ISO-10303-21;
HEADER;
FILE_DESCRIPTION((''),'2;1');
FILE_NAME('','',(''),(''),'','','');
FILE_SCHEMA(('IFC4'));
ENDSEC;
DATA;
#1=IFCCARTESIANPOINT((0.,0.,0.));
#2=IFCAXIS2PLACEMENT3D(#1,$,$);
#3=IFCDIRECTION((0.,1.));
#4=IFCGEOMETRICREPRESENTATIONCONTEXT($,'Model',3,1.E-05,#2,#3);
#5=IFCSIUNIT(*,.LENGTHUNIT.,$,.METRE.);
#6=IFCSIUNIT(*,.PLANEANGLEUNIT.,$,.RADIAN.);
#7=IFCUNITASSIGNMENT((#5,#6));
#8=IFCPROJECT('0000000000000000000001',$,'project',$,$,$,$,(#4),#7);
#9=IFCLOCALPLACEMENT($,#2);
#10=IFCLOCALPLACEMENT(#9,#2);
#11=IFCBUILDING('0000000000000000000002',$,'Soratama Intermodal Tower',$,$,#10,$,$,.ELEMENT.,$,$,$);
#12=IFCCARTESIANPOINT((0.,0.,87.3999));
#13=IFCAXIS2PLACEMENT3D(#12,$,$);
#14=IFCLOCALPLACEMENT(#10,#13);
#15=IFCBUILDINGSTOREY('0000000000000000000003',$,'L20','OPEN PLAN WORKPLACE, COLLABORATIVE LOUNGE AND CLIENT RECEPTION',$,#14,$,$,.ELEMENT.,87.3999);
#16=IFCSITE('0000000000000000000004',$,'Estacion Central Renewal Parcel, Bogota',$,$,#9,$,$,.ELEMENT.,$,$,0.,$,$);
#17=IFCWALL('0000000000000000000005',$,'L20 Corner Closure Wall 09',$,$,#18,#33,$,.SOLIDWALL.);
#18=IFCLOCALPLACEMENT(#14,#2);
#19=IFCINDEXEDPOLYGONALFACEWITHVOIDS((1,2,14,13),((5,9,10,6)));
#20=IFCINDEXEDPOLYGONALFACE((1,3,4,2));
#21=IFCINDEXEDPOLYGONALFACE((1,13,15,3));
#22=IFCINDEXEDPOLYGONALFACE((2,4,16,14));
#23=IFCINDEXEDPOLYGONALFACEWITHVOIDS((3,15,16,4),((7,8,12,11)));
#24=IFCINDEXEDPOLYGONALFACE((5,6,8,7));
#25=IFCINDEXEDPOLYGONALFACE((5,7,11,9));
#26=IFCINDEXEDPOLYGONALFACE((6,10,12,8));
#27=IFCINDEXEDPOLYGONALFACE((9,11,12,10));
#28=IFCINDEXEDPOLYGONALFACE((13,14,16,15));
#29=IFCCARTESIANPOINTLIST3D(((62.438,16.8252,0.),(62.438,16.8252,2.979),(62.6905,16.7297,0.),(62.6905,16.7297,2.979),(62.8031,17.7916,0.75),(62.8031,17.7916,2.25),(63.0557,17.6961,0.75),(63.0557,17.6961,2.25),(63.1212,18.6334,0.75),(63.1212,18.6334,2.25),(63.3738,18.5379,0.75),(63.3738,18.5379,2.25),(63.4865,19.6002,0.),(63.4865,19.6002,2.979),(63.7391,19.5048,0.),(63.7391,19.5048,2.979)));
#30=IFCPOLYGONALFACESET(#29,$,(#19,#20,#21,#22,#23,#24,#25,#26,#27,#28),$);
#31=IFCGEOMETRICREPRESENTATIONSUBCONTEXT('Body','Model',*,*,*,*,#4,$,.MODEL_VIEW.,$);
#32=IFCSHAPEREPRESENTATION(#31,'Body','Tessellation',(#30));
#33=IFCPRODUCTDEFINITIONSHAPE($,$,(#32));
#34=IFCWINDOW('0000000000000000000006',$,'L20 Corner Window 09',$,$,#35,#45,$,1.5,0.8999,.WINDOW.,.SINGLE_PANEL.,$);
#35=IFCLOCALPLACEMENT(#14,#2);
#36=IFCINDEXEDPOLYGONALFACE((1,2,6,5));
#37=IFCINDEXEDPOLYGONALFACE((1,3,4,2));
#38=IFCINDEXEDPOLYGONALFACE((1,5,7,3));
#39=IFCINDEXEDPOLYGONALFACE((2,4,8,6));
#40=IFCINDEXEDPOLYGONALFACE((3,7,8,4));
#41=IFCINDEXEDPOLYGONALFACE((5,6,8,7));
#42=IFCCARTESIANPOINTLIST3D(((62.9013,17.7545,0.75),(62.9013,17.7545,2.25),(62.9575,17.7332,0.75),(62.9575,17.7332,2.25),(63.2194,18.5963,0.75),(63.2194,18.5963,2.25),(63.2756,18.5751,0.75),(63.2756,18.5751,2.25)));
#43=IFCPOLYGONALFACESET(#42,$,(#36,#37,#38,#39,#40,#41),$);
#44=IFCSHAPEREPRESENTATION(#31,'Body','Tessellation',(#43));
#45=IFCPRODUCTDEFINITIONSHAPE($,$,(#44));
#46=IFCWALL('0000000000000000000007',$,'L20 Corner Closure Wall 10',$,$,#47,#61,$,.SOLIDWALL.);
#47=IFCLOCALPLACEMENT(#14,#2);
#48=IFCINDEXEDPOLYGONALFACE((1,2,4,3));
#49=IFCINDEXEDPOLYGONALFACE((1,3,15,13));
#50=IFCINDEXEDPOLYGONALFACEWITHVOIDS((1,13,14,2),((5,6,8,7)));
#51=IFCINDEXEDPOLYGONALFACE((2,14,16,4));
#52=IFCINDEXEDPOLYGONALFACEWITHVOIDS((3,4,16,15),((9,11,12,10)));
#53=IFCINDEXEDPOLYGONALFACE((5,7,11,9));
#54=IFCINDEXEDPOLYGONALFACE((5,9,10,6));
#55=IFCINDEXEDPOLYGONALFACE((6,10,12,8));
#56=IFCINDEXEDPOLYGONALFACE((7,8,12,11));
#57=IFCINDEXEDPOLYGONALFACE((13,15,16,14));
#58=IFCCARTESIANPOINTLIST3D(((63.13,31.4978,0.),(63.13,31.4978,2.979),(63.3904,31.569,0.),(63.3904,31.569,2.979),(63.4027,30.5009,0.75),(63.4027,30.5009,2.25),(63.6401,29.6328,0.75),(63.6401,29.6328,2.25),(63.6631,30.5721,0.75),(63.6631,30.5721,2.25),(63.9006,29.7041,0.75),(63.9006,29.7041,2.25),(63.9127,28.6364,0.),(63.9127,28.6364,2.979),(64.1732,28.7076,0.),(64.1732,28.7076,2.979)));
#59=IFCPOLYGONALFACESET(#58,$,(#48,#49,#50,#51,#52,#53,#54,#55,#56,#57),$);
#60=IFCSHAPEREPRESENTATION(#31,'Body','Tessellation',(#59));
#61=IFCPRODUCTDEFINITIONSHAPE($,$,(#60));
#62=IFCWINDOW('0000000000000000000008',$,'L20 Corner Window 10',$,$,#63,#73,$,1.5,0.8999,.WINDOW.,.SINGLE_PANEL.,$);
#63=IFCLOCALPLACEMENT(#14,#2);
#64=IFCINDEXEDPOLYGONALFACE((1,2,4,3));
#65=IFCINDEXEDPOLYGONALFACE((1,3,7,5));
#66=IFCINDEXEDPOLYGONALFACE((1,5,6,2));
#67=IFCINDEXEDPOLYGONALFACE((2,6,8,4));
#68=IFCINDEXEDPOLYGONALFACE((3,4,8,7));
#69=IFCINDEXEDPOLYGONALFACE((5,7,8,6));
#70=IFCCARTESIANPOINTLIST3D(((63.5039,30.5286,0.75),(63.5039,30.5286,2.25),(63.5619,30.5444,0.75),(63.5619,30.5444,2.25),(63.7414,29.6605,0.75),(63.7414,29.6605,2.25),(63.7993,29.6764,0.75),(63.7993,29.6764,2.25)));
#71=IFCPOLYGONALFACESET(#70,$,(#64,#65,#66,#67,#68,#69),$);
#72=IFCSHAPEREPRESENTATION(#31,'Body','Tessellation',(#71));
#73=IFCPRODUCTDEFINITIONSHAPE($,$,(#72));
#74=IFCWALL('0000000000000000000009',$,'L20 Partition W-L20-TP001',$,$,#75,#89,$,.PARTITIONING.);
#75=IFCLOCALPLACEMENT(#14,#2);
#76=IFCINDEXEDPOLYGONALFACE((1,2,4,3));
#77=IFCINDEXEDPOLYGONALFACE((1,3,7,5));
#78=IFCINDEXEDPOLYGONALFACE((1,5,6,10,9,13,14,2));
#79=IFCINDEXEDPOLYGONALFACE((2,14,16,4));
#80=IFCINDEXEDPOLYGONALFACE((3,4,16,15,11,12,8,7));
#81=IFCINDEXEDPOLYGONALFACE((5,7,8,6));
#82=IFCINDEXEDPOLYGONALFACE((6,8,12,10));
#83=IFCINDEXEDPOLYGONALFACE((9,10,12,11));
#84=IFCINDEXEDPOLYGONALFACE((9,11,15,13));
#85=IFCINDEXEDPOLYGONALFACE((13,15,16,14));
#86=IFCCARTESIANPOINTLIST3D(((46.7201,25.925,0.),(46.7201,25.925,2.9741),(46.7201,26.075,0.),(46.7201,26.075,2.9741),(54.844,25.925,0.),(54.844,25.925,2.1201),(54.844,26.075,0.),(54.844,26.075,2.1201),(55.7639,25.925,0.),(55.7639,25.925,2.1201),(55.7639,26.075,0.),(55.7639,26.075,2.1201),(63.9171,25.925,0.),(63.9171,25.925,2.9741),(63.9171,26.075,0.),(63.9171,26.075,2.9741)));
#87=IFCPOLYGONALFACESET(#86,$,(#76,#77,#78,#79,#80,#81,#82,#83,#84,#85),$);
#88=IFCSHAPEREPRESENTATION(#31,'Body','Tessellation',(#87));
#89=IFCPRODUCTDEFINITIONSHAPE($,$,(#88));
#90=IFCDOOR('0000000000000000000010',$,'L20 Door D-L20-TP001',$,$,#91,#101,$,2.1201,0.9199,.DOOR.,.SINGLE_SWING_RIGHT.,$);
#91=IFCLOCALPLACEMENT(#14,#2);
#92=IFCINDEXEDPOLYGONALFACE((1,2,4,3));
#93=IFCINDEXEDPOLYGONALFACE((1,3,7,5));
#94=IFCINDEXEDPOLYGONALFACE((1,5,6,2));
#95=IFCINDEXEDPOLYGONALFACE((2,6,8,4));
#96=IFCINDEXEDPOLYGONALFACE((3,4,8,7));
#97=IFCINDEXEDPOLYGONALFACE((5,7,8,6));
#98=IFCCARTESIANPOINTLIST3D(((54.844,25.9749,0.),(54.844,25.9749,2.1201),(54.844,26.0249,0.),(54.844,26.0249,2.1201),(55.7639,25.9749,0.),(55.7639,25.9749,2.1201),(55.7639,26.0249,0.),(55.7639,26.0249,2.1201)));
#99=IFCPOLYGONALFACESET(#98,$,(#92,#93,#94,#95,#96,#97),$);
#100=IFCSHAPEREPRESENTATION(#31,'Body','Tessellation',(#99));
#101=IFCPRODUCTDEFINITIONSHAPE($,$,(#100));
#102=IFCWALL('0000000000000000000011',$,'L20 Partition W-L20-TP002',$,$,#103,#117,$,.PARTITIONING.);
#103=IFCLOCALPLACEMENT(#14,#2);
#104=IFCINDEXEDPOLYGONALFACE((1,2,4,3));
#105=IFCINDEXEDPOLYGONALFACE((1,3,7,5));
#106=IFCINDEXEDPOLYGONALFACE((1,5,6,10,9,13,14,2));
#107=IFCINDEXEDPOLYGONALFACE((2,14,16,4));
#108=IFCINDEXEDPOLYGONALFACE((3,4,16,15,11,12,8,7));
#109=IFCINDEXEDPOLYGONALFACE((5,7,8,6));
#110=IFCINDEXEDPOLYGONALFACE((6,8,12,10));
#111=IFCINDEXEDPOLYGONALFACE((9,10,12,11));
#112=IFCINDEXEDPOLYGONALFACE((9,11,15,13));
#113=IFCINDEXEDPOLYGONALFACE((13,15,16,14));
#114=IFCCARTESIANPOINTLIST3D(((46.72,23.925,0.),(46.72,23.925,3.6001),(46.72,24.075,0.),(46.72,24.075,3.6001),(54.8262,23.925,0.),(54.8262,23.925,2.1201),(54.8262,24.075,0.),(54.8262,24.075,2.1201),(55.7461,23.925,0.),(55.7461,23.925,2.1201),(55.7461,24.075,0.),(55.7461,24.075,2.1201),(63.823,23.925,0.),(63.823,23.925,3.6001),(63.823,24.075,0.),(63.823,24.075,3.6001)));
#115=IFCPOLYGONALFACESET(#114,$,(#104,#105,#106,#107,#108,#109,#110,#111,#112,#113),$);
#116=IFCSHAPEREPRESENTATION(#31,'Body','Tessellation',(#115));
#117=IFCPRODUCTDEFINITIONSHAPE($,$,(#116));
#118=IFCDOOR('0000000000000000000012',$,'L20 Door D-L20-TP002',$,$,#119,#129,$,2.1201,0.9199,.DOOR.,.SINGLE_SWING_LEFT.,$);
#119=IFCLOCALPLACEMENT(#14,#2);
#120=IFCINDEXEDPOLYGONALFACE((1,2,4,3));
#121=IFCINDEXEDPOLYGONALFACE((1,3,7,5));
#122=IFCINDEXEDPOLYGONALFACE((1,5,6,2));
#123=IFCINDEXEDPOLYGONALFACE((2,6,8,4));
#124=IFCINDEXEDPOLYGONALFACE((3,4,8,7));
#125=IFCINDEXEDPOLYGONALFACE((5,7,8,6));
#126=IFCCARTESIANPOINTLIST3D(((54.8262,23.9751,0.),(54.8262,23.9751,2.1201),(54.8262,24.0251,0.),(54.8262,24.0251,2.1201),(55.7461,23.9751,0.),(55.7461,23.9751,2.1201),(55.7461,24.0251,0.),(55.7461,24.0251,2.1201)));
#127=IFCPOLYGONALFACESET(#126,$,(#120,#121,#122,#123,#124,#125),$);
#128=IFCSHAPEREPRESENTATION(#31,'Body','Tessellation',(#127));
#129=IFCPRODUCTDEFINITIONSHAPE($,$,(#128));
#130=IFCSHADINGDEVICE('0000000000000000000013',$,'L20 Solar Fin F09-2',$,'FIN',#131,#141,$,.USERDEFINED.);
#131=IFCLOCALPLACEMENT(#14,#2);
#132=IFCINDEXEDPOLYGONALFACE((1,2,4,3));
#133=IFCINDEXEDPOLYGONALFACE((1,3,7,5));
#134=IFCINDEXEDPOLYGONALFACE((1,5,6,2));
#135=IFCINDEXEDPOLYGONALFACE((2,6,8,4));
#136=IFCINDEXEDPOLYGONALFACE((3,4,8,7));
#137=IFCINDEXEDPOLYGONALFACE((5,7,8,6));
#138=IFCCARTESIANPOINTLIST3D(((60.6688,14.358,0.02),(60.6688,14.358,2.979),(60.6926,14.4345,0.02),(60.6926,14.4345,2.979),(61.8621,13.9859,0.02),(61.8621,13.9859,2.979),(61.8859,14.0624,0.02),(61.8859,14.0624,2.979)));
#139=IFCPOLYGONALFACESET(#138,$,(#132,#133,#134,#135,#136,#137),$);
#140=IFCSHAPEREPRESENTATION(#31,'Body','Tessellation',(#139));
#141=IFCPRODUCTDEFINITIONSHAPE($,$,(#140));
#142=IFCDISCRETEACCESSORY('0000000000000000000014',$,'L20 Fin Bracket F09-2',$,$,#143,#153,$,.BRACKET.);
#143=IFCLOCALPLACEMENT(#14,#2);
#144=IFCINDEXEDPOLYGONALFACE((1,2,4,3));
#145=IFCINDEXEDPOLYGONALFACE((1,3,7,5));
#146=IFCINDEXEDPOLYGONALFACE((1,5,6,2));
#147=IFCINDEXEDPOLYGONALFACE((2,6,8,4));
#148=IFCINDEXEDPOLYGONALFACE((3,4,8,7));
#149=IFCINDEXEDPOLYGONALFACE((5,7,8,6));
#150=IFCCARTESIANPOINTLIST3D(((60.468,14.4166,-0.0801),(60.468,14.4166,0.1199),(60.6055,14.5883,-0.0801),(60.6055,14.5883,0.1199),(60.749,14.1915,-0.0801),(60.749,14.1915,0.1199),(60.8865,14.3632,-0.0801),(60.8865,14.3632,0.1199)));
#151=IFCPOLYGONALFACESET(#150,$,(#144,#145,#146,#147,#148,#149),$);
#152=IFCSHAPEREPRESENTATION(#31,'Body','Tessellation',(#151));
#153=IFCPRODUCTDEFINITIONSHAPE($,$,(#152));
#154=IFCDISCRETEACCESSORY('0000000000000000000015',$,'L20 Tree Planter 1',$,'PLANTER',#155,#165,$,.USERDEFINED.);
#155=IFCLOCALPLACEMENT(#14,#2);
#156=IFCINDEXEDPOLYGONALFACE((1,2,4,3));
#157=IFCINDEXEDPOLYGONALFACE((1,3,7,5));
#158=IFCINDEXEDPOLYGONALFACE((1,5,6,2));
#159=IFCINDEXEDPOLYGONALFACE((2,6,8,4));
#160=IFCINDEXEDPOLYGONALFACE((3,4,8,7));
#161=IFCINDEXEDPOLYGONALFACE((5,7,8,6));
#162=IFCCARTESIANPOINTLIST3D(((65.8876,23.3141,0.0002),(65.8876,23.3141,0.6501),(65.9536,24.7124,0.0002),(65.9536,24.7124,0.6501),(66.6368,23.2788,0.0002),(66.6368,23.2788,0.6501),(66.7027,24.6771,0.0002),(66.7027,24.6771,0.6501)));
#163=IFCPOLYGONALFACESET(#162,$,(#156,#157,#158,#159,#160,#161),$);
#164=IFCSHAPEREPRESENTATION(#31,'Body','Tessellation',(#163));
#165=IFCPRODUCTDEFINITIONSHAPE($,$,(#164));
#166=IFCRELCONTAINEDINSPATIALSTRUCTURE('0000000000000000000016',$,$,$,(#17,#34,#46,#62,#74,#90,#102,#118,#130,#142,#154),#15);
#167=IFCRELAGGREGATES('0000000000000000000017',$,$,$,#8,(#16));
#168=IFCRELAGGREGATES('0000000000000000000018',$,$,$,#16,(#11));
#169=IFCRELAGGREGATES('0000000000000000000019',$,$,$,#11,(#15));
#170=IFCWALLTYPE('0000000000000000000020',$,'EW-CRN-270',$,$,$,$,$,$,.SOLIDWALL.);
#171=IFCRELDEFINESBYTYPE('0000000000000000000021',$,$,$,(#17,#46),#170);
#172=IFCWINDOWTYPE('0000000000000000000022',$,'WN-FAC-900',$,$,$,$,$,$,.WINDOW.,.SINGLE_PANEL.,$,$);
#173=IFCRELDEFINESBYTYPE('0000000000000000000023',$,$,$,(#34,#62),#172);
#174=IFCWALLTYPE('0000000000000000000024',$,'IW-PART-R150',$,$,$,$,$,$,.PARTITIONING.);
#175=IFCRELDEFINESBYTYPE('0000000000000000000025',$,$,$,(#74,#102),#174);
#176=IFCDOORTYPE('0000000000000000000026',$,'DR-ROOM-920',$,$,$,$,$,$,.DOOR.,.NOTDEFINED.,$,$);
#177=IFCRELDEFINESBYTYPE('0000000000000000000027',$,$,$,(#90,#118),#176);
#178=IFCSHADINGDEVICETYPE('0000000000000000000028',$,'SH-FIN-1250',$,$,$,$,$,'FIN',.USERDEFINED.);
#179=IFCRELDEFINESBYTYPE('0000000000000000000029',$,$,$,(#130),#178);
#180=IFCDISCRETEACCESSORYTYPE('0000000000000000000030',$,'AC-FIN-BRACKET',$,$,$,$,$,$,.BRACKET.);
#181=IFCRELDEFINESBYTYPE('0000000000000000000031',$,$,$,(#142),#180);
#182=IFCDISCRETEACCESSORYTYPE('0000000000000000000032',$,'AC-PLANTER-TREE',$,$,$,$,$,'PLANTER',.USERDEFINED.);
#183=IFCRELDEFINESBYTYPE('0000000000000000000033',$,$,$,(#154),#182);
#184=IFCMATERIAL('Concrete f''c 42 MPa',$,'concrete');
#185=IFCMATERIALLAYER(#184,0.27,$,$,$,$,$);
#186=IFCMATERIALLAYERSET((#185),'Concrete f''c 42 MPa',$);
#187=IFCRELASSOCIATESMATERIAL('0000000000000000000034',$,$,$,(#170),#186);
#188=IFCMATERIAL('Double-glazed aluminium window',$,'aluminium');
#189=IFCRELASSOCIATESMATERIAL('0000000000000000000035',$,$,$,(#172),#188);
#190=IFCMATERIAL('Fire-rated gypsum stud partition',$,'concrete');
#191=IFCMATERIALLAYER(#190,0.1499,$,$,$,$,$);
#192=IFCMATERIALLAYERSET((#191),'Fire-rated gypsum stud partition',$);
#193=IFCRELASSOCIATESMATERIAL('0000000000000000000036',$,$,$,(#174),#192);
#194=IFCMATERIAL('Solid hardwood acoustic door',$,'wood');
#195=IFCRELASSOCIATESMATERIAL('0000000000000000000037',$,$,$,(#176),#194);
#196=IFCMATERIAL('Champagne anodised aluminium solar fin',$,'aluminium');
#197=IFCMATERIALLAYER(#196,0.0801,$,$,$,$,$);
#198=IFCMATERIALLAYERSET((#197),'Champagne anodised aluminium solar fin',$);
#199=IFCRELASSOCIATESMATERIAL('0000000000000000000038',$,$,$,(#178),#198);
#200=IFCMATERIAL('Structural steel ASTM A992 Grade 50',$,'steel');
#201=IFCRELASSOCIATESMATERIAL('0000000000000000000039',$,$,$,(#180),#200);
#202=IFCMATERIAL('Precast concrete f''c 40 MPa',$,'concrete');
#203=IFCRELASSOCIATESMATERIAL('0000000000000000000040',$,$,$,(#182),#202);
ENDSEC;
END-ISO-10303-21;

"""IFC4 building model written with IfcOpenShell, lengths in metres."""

from ifc_helpers import new_model, si_unit, direction, frame, frame_2d, origin, origin_2d, place, context, subcontext, project, spatial, rectangle, extrude, material, layer, layer_set, type_object, element, fill, save


model = new_model("IFC4")

# Units and contexts
model_context = context("Model", 3, precision=1e-05, world=origin(), true_north=direction((0.0, 1.0)))
body_context = subcontext(model_context, "Body", "Model", "MODEL_VIEW")
ifc_project = project(units=[si_unit("LENGTHUNIT", "METRE"), si_unit("PLANEANGLEUNIT", "RADIAN")], contexts=[model_context])

# Site, building, storey
site_placement = place(None, origin())
site = spatial("IfcSite", under=ifc_project, at=site_placement, Name="Estacion Central Renewal Parcel, Bogota", CompositionType="ELEMENT", RefElevation=0.0)
building_placement = place(site_placement, origin())
building = spatial("IfcBuilding", under=site, at=building_placement, Name="Soratama Intermodal Tower", CompositionType="ELEMENT")
storey_placement = place(building_placement, frame((0.0, 0.0, 87.3999)))
storey = spatial("IfcBuildingStorey", under=building, at=storey_placement, Name="L20", Description="OPEN PLAN WORKPLACE, COLLABORATIVE LOUNGE AND CLIENT RECEPTION", CompositionType="ELEMENT", Elevation=87.3999)

# Walls, openings, windows
ifc_material_1 = material(Name="Concrete f'c 42 MPa", Category="concrete")
ifc_layer_1 = layer(ifc_material_1, 0.27)
ifc_layer_set_1 = layer_set([ifc_layer_1], Name="Concrete f'c 42 MPa")
wall_type_1 = type_object("IfcWallType", Name="EW-CRN-270", PredefinedType="SOLIDWALL", material=ifc_layer_set_1)
wall_1_placement = place(storey_placement, frame((62.5642, 16.7773, 0.0), z_axis=(0.0, 0.0, 1.0), x_axis=(0.353458, 0.93545, 0.0)))
wall_1 = element("IfcWall", 1, at=wall_1_placement, inside=storey, type_object=wall_type_1, Name="L20 Corner Closure Wall 09", PredefinedType="SOLIDWALL", context=body_context, shape_type="SweptSolid", body=[
    extrude(rectangle(XDim=2.9666, YDim=0.27, at=frame_2d((1.4834, 0.0))), origin(), (0.0, 0.0, 1.0), 2.979),
])
opening_1_placement = place(wall_1_placement, frame((1.0332, 0.0, 0.75)))
opening_1 = element("IfcOpeningElement", 2, at=opening_1_placement, cuts=wall_1, PredefinedType="OPENING", context=body_context, shape_type="SweptSolid", body=[
    extrude(rectangle(XDim=0.8999, YDim=1.5, at=frame_2d((0.45, 0.75))), frame((0.0, 0.145, 0.0), z_axis=(0.0, -1.0, 0.0), x_axis=(1.0, 0.0, 0.0)), (0.0, 0.0, 1.0), 0.29),
])
ifc_material_2 = material(Name="Double-glazed aluminium window", Category="aluminium")
window_type_1 = type_object("IfcWindowType", Name="WN-FAC-900", PartitioningType="SINGLE_PANEL", PredefinedType="WINDOW", material=ifc_material_2)
window_1_placement = place(opening_1_placement, origin())
window_1 = element("IfcWindow", 3, at=window_1_placement, inside=storey, type_object=window_type_1, Name="L20 Corner Window 09", OverallHeight=1.5, OverallWidth=0.8999, PartitioningType="SINGLE_PANEL", PredefinedType="WINDOW", context=body_context, shape_type="SweptSolid", body=[
    extrude(rectangle(XDim=0.8999, YDim=1.5, at=frame_2d((0.45, 0.75))), frame((0.0, 0.03, 0.0), z_axis=(0.0, -1.0, 0.0), x_axis=(1.0, 0.0, 0.0)), (0.0, 0.0, 1.0), 0.0601),
])
fill(opening_1, window_1)
wall_2_placement = place(storey_placement, frame((64.043, 28.6719, 0.0), z_axis=(0.0, 0.0, 1.0), x_axis=(-0.263856, 0.964562, 0.0)))
wall_2 = element("IfcWall", 4, at=wall_2_placement, inside=storey, type_object=wall_type_1, Name="L20 Corner Closure Wall 10", PredefinedType="SOLIDWALL", context=body_context, shape_type="SweptSolid", body=[
    extrude(rectangle(XDim=2.9666, YDim=0.27, at=frame_2d((1.4834, 0.0))), origin(), (0.0, 0.0, 1.0), 2.979),
])
opening_2_placement = place(wall_2_placement, frame((1.0332, 0.0, 0.75)))
opening_2 = element("IfcOpeningElement", 5, at=opening_2_placement, cuts=wall_2, PredefinedType="OPENING", context=body_context, shape_type="SweptSolid", body=[
    extrude(rectangle(XDim=0.8999, YDim=1.5, at=frame_2d((0.45, 0.75))), frame((0.0, 0.145, 0.0), z_axis=(0.0, -1.0, 0.0), x_axis=(1.0, 0.0, 0.0)), (0.0, 0.0, 1.0), 0.29),
])
window_2_placement = place(opening_2_placement, origin())
window_2 = element("IfcWindow", 6, at=window_2_placement, inside=storey, type_object=window_type_1, Name="L20 Corner Window 10", OverallHeight=1.5, OverallWidth=0.8999, PartitioningType="SINGLE_PANEL", PredefinedType="WINDOW", context=body_context, shape_type="SweptSolid", body=[
    extrude(rectangle(XDim=0.8999, YDim=1.5, at=frame_2d((0.45, 0.75))), frame((0.0, 0.03, 0.0), z_axis=(0.0, -1.0, 0.0), x_axis=(1.0, 0.0, 0.0)), (0.0, 0.0, 1.0), 0.0601),
])
fill(opening_2, window_2)

# Walls, openings, doors
ifc_material_3 = material(Name="Fire-rated gypsum stud partition", Category="concrete")
ifc_layer_2 = layer(ifc_material_3, 0.1499)
ifc_layer_set_2 = layer_set([ifc_layer_2], Name="Fire-rated gypsum stud partition")
wall_type_2 = type_object("IfcWallType", Name="IW-PART-R150", PredefinedType="PARTITIONING", material=ifc_layer_set_2)
wall_3_placement = place(storey_placement, frame((46.72, 26.0, 0.0), z_axis=(0.0, 0.0, 1.0), x_axis=(1.0, 0.0, 0.0)))
wall_3 = element("IfcWall", 7, at=wall_3_placement, inside=storey, type_object=wall_type_2, Name="L20 Partition W-L20-TP001", PredefinedType="PARTITIONING", context=body_context, shape_type="SweptSolid", body=[
    extrude(rectangle(XDim=17.197, YDim=0.1499, at=frame_2d((8.5986, 0.0))), origin(), (0.0, 0.0, 1.0), 2.9741),
])
opening_3_placement = place(wall_3_placement, frame((8.124, 0.0, 0.0)))
opening_3 = element("IfcOpeningElement", 8, at=opening_3_placement, cuts=wall_3, PredefinedType="OPENING", context=body_context, shape_type="SweptSolid", body=[
    extrude(rectangle(XDim=0.9199, YDim=2.1201, at=frame_2d((0.46, 1.0601))), frame((0.0, 0.085, 0.0), z_axis=(0.0, -1.0, 0.0), x_axis=(1.0, 0.0, 0.0)), (0.0, 0.0, 1.0), 0.1699),
])
ifc_material_4 = material(Name="Solid hardwood acoustic door", Category="wood")
door_type_1 = type_object("IfcDoorType", Name="DR-ROOM-920", OperationType="NOTDEFINED", PredefinedType="DOOR", material=ifc_material_4)
door_1_placement = place(opening_3_placement, origin())
door_1 = element("IfcDoor", 9, at=door_1_placement, inside=storey, type_object=door_type_1, Name="L20 Door D-L20-TP001", OperationType="SINGLE_SWING_RIGHT", OverallHeight=2.1201, OverallWidth=0.9199, PredefinedType="DOOR", context=body_context, shape_type="SweptSolid", body=[
    extrude(rectangle(XDim=0.9199, YDim=2.1201, at=frame_2d((0.46, 1.0601))), frame((0.0, 0.0249, 0.0), z_axis=(0.0, -1.0, 0.0), x_axis=(1.0, 0.0, 0.0)), (0.0, 0.0, 1.0), 0.05),
])
fill(opening_3, door_1)
wall_4_placement = place(storey_placement, frame((63.823, 24.0, 0.0), z_axis=(0.0, 0.0, 1.0), x_axis=(-1.0, 0.0, 0.0)))
wall_4 = element("IfcWall", 10, at=wall_4_placement, inside=storey, type_object=wall_type_2, Name="L20 Partition W-L20-TP002", PredefinedType="PARTITIONING", context=body_context, shape_type="SweptSolid", body=[
    extrude(rectangle(XDim=17.103, YDim=0.1499, at=frame_2d((8.5515, 0.0))), origin(), (0.0, 0.0, 1.0), 3.6001),
])
opening_4_placement = place(wall_4_placement, frame((8.0769, 0.0, 0.0)))
opening_4 = element("IfcOpeningElement", 11, at=opening_4_placement, cuts=wall_4, PredefinedType="OPENING", context=body_context, shape_type="SweptSolid", body=[
    extrude(rectangle(XDim=0.9199, YDim=2.1201, at=frame_2d((0.46, 1.0601))), frame((0.0, 0.085, 0.0), z_axis=(0.0, -1.0, 0.0), x_axis=(1.0, 0.0, 0.0)), (0.0, 0.0, 1.0), 0.1699),
])
door_2_placement = place(opening_4_placement, origin())
door_2 = element("IfcDoor", 12, at=door_2_placement, inside=storey, type_object=door_type_1, Name="L20 Door D-L20-TP002", OperationType="SINGLE_SWING_LEFT", OverallHeight=2.1201, OverallWidth=0.9199, PredefinedType="DOOR", context=body_context, shape_type="SweptSolid", body=[
    extrude(rectangle(XDim=0.9199, YDim=2.1201, at=frame_2d((0.46, 1.0601))), frame((0.0, 0.0249, 0.0), z_axis=(0.0, -1.0, 0.0), x_axis=(1.0, 0.0, 0.0)), (0.0, 0.0, 1.0), 0.05),
])
fill(opening_4, door_2)

# Shading device
ifc_material_5 = material(Name="Champagne anodised aluminium solar fin", Category="aluminium")
ifc_layer_3 = layer(ifc_material_5, 0.0801)
ifc_layer_set_3 = layer_set([ifc_layer_3], Name="Champagne anodised aluminium solar fin")
shading_device_type = type_object("IfcShadingDeviceType", Name="SH-FIN-1250", ElementType="FIN", PredefinedType="USERDEFINED", material=ifc_layer_set_3)
shading_device_placement = place(storey_placement, frame((61.2773, 14.2102, 0.02), z_axis=(0.0, 0.0, 1.0), x_axis=(0.954657, -0.297708, 0.0)))
element("IfcShadingDevice", 13, at=shading_device_placement, inside=storey, type_object=shading_device_type, Name="L20 Solar Fin F09-2", ObjectType="FIN", PredefinedType="USERDEFINED", context=body_context, shape_type="SweptSolid", body=[
    extrude(rectangle(XDim=1.25, YDim=0.0801, at=origin_2d()), origin(), (0.0, 0.0, 1.0), 2.959),
])

# Discrete accessories
ifc_material_6 = material(Name="Structural steel ASTM A992 Grade 50", Category="steel")
discrete_accessory_type_1 = type_object("IfcDiscreteAccessoryType", Name="AC-FIN-BRACKET", PredefinedType="BRACKET", material=ifc_material_6)
discrete_accessory_1_placement = place(storey_placement, frame((60.6772, 14.3899, -0.0801), z_axis=(0.0, 0.0, 1.0), x_axis=(0.78043, -0.625243, 0.0)))
element("IfcDiscreteAccessory", 14, at=discrete_accessory_1_placement, inside=storey, type_object=discrete_accessory_type_1, Name="L20 Fin Bracket F09-2", PredefinedType="BRACKET", context=body_context, shape_type="SweptSolid", body=[
    extrude(rectangle(XDim=0.3601, YDim=0.22, at=origin_2d()), origin(), (0.0, 0.0, 1.0), 0.2),
])
ifc_material_7 = material(Name="Precast concrete f'c 40 MPa", Category="concrete")
discrete_accessory_type_2 = type_object("IfcDiscreteAccessoryType", Name="AC-PLANTER-TREE", ElementType="PLANTER", PredefinedType="USERDEFINED", material=ifc_material_7)
discrete_accessory_2_placement = place(storey_placement, frame((66.2952, 23.9956, 0.0002), z_axis=(0.0, 0.0, 1.0), x_axis=(0.99889, -0.047106, 0.0)))
element("IfcDiscreteAccessory", 15, at=discrete_accessory_2_placement, inside=storey, type_object=discrete_accessory_type_2, Name="L20 Tree Planter 1", ObjectType="PLANTER", PredefinedType="USERDEFINED", context=body_context, shape_type="SweptSolid", body=[
    extrude(rectangle(XDim=0.75, YDim=1.3999, at=origin_2d()), origin(), (0.0, 0.0, 1.0), 0.6499),
])

save(model, "model.ifc")
